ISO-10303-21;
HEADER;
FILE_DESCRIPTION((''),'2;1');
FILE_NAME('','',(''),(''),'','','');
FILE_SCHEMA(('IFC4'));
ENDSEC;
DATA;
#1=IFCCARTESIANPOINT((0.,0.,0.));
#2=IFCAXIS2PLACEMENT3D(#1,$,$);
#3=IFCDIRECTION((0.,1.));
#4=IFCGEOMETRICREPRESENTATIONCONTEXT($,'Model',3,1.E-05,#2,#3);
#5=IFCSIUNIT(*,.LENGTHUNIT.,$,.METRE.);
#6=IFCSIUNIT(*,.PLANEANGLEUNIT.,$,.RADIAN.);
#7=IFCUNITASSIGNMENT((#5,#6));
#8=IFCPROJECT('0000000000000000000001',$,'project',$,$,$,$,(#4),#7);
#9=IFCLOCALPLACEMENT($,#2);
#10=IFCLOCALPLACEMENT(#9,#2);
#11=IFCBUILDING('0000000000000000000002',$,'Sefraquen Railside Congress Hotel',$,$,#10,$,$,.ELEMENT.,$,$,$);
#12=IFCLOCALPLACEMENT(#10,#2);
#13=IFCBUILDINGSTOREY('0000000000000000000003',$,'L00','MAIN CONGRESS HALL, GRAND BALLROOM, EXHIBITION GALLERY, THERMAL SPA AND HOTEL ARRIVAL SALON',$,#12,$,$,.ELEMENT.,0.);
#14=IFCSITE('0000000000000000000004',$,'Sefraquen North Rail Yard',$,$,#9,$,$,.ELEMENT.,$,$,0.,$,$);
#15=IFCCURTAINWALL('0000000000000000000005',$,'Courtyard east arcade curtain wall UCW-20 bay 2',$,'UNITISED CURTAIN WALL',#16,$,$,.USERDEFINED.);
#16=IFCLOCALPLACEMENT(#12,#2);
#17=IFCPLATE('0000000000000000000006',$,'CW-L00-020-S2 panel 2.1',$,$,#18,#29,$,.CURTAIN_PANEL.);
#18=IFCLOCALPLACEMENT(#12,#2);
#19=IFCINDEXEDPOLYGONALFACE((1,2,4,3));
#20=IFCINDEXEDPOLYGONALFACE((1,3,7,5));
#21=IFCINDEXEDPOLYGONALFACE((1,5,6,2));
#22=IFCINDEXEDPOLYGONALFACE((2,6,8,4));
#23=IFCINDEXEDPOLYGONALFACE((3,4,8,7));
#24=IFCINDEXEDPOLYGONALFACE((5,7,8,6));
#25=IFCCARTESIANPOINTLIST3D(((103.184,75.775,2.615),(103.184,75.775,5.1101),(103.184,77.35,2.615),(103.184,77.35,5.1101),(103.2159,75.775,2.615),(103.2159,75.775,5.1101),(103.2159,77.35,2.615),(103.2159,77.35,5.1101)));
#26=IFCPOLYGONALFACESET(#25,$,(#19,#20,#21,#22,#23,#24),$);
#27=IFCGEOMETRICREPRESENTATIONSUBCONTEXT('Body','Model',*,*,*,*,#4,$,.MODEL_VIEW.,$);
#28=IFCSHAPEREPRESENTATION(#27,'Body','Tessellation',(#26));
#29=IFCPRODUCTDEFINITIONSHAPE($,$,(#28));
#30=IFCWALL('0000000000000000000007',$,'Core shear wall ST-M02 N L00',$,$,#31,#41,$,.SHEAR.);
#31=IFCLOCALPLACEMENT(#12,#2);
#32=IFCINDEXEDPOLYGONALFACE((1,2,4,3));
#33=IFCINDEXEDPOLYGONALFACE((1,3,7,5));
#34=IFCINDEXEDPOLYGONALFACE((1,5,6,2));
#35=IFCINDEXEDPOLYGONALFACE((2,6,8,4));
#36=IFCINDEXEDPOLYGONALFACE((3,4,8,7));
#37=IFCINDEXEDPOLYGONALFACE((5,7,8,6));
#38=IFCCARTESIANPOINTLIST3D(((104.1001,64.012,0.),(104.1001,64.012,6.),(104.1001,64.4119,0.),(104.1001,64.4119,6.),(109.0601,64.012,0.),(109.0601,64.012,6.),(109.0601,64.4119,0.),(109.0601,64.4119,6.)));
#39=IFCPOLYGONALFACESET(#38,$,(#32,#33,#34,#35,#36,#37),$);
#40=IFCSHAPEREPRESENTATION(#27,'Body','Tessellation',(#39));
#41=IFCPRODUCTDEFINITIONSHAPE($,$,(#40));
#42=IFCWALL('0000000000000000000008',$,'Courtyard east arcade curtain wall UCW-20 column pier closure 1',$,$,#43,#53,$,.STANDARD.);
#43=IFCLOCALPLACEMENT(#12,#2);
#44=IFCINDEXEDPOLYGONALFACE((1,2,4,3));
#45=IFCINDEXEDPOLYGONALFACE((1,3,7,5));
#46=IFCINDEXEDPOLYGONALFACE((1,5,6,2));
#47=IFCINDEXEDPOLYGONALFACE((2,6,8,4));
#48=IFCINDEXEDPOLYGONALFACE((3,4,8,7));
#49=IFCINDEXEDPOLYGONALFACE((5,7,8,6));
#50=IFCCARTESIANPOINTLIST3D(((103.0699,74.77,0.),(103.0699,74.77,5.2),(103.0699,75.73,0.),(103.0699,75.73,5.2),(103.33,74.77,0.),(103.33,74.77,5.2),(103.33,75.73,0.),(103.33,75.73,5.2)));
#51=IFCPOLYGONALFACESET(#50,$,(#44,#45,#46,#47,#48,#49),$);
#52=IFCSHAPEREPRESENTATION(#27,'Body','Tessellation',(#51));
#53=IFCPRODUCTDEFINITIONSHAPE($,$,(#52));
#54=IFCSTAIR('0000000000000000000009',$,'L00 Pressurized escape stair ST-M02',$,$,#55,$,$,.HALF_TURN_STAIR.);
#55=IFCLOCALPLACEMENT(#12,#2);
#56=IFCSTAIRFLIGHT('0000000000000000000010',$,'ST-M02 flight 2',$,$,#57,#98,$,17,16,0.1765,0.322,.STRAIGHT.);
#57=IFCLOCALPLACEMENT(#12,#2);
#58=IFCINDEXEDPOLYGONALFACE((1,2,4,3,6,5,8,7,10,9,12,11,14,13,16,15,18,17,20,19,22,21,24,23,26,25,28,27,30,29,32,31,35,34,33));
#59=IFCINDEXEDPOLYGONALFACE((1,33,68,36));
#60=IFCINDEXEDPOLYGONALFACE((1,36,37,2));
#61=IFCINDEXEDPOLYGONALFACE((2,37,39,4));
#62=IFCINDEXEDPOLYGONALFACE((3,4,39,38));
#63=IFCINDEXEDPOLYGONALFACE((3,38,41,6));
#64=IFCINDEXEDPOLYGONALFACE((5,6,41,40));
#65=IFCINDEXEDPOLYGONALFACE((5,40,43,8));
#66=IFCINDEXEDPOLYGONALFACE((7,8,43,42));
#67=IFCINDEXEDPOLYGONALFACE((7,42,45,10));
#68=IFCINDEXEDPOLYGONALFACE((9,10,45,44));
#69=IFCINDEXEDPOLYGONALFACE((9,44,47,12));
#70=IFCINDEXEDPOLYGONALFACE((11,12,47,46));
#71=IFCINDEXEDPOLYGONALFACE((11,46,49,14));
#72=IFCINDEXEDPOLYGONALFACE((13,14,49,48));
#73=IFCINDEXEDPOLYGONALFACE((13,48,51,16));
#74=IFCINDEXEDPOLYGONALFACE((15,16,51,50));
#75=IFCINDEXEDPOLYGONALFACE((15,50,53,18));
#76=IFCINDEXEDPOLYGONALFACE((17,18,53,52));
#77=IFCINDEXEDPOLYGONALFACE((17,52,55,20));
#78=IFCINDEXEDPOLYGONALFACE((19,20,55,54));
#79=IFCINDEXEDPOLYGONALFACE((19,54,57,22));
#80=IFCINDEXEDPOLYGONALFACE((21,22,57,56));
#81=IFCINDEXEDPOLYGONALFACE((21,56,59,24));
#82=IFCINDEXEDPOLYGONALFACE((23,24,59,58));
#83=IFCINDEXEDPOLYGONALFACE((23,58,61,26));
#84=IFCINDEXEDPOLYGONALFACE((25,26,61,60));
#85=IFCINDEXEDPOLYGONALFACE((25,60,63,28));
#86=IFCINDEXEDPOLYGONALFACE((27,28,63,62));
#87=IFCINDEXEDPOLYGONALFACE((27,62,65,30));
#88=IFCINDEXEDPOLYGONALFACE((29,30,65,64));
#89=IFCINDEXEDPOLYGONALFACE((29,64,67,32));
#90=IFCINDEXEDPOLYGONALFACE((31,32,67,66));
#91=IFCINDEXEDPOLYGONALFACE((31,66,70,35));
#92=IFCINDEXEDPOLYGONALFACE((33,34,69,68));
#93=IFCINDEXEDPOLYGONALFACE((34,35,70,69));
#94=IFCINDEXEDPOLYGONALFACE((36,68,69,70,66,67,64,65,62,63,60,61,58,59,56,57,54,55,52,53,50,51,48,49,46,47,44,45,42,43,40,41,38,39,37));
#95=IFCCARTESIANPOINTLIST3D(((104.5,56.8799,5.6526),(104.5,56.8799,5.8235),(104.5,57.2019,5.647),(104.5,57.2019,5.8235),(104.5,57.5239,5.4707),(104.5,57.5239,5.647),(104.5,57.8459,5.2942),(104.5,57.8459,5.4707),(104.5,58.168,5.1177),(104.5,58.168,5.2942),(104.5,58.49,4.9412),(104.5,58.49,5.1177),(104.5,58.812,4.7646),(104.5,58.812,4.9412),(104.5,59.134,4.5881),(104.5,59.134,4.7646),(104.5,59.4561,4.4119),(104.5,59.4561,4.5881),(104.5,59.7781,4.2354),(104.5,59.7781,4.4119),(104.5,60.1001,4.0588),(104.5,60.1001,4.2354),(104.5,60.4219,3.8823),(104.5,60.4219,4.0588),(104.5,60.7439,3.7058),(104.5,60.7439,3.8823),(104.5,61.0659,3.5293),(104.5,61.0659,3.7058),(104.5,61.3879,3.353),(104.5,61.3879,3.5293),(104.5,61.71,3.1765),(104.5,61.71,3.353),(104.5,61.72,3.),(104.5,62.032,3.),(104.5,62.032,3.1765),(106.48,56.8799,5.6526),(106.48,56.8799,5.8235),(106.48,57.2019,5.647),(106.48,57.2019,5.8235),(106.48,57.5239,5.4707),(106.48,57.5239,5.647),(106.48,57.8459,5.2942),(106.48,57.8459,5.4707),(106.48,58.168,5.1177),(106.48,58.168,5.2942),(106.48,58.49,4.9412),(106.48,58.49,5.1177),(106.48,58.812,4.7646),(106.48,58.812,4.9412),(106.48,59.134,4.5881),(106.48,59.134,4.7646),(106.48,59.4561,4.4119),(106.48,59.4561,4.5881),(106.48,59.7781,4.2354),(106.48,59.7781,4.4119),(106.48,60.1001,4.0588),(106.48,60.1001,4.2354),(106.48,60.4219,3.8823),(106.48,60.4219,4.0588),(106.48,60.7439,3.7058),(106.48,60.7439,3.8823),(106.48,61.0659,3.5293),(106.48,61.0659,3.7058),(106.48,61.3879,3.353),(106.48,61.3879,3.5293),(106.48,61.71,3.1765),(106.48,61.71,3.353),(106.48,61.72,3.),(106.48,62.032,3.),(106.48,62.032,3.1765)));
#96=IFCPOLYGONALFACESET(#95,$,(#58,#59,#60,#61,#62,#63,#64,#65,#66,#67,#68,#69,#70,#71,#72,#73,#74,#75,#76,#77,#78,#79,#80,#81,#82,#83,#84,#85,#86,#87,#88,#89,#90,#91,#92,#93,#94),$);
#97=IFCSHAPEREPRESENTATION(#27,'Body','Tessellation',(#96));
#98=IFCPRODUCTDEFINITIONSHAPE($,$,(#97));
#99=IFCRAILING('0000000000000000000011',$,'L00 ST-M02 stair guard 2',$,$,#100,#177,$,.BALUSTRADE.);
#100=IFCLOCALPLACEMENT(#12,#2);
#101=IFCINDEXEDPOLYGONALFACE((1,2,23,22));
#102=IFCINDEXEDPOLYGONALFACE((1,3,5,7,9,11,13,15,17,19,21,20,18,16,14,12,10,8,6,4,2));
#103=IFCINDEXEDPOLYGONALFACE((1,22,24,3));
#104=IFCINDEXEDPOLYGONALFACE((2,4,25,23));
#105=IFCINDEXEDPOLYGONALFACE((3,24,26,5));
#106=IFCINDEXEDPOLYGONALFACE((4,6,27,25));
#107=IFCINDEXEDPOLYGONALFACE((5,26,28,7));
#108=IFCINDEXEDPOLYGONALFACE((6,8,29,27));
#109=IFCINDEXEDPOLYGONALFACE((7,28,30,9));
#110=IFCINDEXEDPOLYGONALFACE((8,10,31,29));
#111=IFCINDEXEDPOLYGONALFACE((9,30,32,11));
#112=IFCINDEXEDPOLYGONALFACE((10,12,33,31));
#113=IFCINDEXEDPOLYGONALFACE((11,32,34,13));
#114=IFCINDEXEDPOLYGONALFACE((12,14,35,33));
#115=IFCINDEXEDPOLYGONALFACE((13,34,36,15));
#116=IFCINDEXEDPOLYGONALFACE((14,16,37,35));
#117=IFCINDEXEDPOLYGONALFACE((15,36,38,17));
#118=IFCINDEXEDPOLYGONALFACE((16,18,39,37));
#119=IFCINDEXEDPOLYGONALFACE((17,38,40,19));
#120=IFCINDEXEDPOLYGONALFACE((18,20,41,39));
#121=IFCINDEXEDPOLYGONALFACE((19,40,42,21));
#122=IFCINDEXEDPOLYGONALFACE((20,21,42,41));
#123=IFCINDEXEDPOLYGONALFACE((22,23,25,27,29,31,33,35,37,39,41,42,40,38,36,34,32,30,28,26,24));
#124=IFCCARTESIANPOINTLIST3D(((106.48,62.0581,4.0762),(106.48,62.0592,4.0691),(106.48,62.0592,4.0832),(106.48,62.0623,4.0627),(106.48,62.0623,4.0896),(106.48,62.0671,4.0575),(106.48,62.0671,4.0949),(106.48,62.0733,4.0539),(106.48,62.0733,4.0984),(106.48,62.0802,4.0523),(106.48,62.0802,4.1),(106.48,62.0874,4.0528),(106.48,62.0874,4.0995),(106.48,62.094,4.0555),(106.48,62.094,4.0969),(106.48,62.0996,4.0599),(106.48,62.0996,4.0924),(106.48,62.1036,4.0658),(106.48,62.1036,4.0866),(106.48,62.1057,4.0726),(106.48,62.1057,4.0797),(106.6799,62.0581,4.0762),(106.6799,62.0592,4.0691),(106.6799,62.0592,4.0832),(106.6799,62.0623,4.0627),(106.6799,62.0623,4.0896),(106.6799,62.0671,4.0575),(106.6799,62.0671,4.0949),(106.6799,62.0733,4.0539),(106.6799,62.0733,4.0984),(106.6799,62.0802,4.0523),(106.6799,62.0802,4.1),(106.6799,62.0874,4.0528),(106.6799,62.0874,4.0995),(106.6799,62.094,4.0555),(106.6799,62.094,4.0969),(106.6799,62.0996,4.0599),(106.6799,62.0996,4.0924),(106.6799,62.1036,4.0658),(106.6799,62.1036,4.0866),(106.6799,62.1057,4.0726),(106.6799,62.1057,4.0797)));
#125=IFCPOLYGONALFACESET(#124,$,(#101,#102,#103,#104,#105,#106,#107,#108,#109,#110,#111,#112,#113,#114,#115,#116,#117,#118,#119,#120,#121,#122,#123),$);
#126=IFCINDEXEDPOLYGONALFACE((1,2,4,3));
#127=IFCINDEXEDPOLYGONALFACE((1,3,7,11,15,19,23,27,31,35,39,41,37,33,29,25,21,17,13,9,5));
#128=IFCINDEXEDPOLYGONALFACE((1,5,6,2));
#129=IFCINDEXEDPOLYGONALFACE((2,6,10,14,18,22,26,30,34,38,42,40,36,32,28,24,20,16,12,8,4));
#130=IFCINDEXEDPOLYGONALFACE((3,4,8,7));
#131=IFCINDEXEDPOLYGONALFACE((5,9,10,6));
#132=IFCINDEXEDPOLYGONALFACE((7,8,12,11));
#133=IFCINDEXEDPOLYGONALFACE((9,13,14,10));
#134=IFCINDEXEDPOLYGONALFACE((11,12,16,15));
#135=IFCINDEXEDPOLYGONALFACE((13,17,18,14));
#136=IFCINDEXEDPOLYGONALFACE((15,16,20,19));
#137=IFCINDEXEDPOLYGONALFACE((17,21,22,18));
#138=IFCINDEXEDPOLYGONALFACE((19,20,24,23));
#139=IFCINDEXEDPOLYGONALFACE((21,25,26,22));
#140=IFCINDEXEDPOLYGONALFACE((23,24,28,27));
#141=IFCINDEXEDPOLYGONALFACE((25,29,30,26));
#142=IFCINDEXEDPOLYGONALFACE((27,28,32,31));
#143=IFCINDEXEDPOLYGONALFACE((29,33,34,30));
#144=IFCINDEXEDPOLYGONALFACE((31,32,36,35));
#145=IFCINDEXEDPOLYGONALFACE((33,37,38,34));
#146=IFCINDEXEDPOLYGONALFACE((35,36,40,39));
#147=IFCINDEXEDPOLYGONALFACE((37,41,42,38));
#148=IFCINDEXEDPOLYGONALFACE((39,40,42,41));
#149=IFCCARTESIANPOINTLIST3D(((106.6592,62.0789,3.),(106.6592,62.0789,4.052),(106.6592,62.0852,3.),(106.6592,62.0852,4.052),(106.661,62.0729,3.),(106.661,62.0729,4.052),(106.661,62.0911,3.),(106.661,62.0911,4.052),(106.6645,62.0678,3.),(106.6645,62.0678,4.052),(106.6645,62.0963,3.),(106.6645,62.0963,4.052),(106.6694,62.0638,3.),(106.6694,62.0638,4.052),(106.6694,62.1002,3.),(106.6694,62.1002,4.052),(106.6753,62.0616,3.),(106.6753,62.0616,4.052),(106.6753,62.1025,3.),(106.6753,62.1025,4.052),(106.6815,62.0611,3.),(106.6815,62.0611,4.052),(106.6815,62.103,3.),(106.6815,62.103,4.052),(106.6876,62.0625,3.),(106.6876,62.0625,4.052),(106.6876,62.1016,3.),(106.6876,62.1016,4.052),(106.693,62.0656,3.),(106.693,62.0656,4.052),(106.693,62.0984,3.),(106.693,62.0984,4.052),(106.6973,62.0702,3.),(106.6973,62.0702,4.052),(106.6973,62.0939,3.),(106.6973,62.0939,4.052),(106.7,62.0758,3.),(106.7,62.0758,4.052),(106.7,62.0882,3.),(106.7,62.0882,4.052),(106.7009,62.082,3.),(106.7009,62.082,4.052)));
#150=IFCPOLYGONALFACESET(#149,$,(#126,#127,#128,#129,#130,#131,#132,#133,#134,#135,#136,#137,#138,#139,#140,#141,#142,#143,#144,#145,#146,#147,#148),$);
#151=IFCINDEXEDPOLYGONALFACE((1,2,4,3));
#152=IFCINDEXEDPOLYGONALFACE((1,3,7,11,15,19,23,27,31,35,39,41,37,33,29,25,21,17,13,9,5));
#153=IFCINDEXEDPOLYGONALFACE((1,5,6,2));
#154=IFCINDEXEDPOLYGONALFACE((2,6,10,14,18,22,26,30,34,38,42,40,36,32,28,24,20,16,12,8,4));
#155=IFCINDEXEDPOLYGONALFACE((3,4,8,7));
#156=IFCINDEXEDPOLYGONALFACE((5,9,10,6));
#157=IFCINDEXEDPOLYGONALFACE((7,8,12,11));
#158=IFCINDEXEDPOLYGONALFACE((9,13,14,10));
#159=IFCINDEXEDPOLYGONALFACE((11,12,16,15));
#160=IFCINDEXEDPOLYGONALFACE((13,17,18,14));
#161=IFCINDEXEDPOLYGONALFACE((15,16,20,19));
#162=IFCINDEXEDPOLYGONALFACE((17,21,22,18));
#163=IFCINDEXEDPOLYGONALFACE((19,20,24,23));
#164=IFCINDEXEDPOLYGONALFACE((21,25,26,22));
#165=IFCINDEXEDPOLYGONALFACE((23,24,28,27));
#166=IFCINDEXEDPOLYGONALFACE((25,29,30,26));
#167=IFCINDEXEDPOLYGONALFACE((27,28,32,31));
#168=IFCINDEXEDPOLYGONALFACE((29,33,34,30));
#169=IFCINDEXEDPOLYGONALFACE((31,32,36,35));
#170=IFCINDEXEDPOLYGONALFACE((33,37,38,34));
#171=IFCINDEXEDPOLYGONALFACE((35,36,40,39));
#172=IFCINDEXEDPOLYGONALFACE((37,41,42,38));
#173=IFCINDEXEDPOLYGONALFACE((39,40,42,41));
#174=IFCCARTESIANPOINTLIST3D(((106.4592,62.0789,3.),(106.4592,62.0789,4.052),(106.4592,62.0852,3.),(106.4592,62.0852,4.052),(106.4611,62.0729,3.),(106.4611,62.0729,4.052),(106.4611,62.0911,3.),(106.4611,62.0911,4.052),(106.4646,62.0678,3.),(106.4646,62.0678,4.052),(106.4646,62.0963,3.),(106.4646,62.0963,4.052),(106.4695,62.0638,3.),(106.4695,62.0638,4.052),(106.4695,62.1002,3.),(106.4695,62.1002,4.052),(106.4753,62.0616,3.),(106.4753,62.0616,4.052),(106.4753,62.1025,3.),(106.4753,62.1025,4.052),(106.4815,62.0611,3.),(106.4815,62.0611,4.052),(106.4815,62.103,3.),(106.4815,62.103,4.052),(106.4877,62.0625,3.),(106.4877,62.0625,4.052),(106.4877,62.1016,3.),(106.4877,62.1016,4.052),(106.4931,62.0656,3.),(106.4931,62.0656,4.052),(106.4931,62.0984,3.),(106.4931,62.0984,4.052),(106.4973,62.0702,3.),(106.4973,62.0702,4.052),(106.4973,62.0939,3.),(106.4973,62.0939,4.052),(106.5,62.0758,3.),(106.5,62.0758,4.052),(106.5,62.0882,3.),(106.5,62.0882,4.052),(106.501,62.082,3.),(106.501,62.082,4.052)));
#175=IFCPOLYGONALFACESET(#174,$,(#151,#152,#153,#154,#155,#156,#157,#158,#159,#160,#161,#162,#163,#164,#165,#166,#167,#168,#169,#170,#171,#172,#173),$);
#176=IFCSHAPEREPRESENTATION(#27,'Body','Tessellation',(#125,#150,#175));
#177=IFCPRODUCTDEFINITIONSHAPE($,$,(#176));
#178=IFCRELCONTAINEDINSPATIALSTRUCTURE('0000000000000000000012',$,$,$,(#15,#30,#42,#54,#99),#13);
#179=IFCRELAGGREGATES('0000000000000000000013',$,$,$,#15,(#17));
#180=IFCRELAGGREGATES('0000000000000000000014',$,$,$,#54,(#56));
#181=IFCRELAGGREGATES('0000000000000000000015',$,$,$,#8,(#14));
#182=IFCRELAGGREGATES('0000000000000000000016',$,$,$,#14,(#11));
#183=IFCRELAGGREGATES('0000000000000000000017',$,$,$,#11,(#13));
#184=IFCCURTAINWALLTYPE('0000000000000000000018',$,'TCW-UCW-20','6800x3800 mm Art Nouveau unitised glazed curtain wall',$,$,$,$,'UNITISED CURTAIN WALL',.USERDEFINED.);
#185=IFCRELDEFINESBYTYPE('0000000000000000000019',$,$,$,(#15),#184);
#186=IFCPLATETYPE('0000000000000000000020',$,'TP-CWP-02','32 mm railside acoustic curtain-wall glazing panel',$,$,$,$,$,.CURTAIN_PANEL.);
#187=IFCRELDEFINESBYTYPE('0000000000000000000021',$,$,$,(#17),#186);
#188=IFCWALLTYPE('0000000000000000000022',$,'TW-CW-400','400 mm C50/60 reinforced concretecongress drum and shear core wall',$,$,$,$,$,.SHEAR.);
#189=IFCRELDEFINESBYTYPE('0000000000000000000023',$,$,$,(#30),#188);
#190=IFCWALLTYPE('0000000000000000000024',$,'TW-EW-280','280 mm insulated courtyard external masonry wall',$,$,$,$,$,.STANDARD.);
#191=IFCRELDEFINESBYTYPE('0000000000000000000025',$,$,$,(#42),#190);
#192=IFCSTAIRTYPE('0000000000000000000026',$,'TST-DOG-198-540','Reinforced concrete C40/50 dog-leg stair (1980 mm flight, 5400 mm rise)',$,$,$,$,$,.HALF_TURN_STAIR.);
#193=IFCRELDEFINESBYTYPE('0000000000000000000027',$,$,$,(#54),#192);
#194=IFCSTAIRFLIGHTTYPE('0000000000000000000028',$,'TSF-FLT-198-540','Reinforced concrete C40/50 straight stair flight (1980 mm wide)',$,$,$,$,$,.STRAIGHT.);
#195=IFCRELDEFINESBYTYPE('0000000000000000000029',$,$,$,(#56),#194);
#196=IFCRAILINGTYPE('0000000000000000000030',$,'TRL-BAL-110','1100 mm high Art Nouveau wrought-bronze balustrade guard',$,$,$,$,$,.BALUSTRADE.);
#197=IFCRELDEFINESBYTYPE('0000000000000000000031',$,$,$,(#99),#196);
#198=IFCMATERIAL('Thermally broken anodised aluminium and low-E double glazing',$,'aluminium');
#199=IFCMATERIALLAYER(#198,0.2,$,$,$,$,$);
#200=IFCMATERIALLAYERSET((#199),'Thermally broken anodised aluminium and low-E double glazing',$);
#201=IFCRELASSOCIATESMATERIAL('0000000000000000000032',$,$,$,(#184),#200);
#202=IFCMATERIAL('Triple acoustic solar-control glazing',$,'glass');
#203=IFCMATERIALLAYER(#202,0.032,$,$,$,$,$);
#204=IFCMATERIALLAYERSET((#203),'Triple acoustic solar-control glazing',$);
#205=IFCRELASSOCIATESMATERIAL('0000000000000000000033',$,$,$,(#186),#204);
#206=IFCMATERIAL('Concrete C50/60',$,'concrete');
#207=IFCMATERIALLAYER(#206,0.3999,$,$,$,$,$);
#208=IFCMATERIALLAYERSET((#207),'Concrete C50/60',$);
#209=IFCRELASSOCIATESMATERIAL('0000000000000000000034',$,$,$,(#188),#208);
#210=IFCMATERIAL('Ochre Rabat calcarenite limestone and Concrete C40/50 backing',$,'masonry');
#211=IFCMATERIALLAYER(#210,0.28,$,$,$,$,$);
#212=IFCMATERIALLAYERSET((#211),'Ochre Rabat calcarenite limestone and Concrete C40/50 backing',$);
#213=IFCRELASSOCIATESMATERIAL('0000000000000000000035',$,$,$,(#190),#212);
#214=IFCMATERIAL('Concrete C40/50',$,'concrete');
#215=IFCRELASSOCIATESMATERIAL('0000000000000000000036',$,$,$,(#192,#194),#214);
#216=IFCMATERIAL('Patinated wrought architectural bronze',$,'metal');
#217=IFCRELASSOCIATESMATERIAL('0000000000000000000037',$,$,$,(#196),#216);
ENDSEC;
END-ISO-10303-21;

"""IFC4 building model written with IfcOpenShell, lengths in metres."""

from ifc_helpers import new_model, si_unit, direction, frame, frame_2d, origin, origin_2d, place, context, subcontext, project, spatial, polyline, rectangle, circle, outline, extrude, material, layer, layer_set, type_object, element, aggregate, save


model = new_model("IFC4")

# Units and contexts
model_context = context("Model", 3, precision=1e-05, world=origin(), true_north=direction((0.0, 1.0)))
body_context = subcontext(model_context, "Body", "Model", "MODEL_VIEW")
ifc_project = project(units=[si_unit("LENGTHUNIT", "METRE"), si_unit("PLANEANGLEUNIT", "RADIAN")], contexts=[model_context])

# Site, building, storey
site_placement = place(None, origin())
site = spatial("IfcSite", under=ifc_project, at=site_placement, Name="Sefraquen North Rail Yard", CompositionType="ELEMENT", RefElevation=0.0)
building_placement = place(site_placement, origin())
building = spatial("IfcBuilding", under=site, at=building_placement, Name="Sefraquen Railside Congress Hotel", CompositionType="ELEMENT")
storey_placement = place(building_placement, origin())
storey = spatial("IfcBuildingStorey", under=building, at=storey_placement, Name="L00", Description="MAIN CONGRESS HALL, GRAND BALLROOM, EXHIBITION GALLERY, THERMAL SPA AND HOTEL ARRIVAL SALON", CompositionType="ELEMENT", Elevation=0.0)

# Shared definitions
ifc_material_1 = material(Name="Concrete C50/60", Category="concrete")

# Shared definitions
ifc_material_2 = material(Name="Thermally broken anodised aluminium and low-E double glazing", Category="aluminium")
ifc_layer_1 = layer(ifc_material_2, 0.2)
ifc_layer_set_1 = layer_set([ifc_layer_1], Name="Thermally broken anodised aluminium and low-E double glazing")
curtain_wall_type = type_object("IfcCurtainWallType", Name="TCW-UCW-20", Description="6800x3800 mm Art Nouveau unitised glazed curtain wall", ElementType="UNITISED CURTAIN WALL", PredefinedType="USERDEFINED", material=ifc_layer_set_1)

# Curtain wall
curtain_wall_1_placement = place(storey_placement, origin())
curtain_wall_1 = element("IfcCurtainWall", 1, at=curtain_wall_1_placement, inside=storey, type_object=curtain_wall_type, Name="Courtyard east arcade curtain wall UCW-20 bay 2", ObjectType="UNITISED CURTAIN WALL", PredefinedType="USERDEFINED")

# Plate
ifc_material_3 = material(Name="Triple acoustic solar-control glazing", Category="glass")
ifc_layer_2 = layer(ifc_material_3, 0.032)
ifc_layer_set_2 = layer_set([ifc_layer_2], Name="Triple acoustic solar-control glazing")
plate_type_1 = type_object("IfcPlateType", Name="TP-CWP-02", Description="32 mm railside acoustic curtain-wall glazing panel", PredefinedType="CURTAIN_PANEL", material=ifc_layer_set_2)
plate_1_placement = place(storey_placement, frame((103.2, 76.5625, 2.615), z_axis=(0.0, 0.0, 1.0), x_axis=(0.0, 1.0, 0.0)))
plate_1 = element("IfcPlate", 2, at=plate_1_placement, type_object=plate_type_1, Name="CW-L00-020-S2 panel 2.1", PredefinedType="CURTAIN_PANEL", context=body_context, shape_type="SweptSolid", body=[
    extrude(rectangle(XDim=1.575, YDim=0.032, at=origin_2d()), origin(), (0.0, 0.0, 1.0), 2.4951),
])
aggregate(curtain_wall_1, [plate_1])

# Walls
ifc_layer_3 = layer(ifc_material_1, 0.3999)
ifc_layer_set_3 = layer_set([ifc_layer_3], Name="Concrete C50/60")
wall_type_1 = type_object("IfcWallType", Name="TW-CW-400", Description="400 mm C50/60 reinforced concretecongress drum and shear core wall", PredefinedType="SHEAR", material=ifc_layer_set_3)
wall_1_placement = place(storey_placement, frame((104.1001, 64.2119, 0.0), z_axis=(0.0, 0.0, 1.0), x_axis=(1.0, 0.0, 0.0)))
element("IfcWall", 3, at=wall_1_placement, inside=storey, type_object=wall_type_1, Name="Core shear wall ST-M02 N L00", PredefinedType="SHEAR", context=body_context, shape_type="SweptSolid", body=[
    extrude(rectangle(XDim=4.96, YDim=0.3999, at=frame_2d((2.48, 0.0))), origin(), (0.0, 0.0, 1.0), 6.0),
])
ifc_material_4 = material(Name="Ochre Rabat calcarenite limestone and Concrete C40/50 backing", Category="masonry")
ifc_layer_4 = layer(ifc_material_4, 0.28)
ifc_layer_set_4 = layer_set([ifc_layer_4], Name="Ochre Rabat calcarenite limestone and Concrete C40/50 backing")
wall_type_2 = type_object("IfcWallType", Name="TW-EW-280", Description="280 mm insulated courtyard external masonry wall", PredefinedType="STANDARD", material=ifc_layer_set_4)
wall_2_placement = place(storey_placement, frame((103.2, 74.77, 0.0), z_axis=(0.0, 0.0, 1.0), x_axis=(0.0, 1.0, 0.0)))
element("IfcWall", 4, at=wall_2_placement, inside=storey, type_object=wall_type_2, Name="Courtyard east arcade curtain wall UCW-20 column pier closure 1", PredefinedType="STANDARD", context=body_context, shape_type="SweptSolid", body=[
    extrude(rectangle(XDim=0.96, YDim=0.26, at=frame_2d((0.48, 0.0))), origin(), (0.0, 0.0, 1.0), 5.2),
])

# Stair, stair flight
ifc_material_5 = material(Name="Concrete C40/50", Category="concrete")
stair_type = type_object("IfcStairType", Name="TST-DOG-198-540", Description="Reinforced concrete C40/50 dog-leg stair (1980 mm flight, 5400 mm rise)", PredefinedType="HALF_TURN_STAIR", material=ifc_material_5)
stair_placement = place(storey_placement, origin())
stair = element("IfcStair", 5, at=stair_placement, inside=storey, type_object=stair_type, Name="L00 Pressurized escape stair ST-M02", PredefinedType="HALF_TURN_STAIR")
stair_flight_type = type_object("IfcStairFlightType", Name="TSF-FLT-198-540", Description="Reinforced concrete C40/50 straight stair flight (1980 mm wide)", PredefinedType="STRAIGHT", material=ifc_material_5)
stair_flight_placement = place(storey_placement, frame((105.49, 62.032, 3.0), z_axis=(0.0, 0.0, 1.0), x_axis=(0.0, -1.0, 0.0)))
stair_flight = element("IfcStairFlight", 6, at=stair_flight_placement, type_object=stair_flight_type, Name="ST-M02 flight 2", NumberOfRisers=17, NumberOfTreads=16, PredefinedType="STRAIGHT", RiserHeight=0.1765, TreadLength=0.322, context=body_context, shape_type="SweptSolid", body=[
    extrude(outline(polyline([(0.0, 0.0), (0.0, 0.1765), (0.322, 0.1765), (0.322, 0.353), (0.644, 0.353), (0.644, 0.5293), (0.9661, 0.5293), (0.9661, 0.7058), (1.2881, 0.7058), (1.2881, 0.8823), (1.6101, 0.8823), (1.6101, 1.0588), (1.9319, 1.0588), (1.9319, 1.2354), (2.2539, 1.2354), (2.2539, 1.4119), (2.5759, 1.4119), (2.5759, 1.5881), (2.8979, 1.5881), (2.8979, 1.7646), (3.22, 1.7646), (3.22, 1.9412), (3.542, 1.9412), (3.542, 2.1177), (3.864, 2.1177), (3.864, 2.2942), (4.186, 2.2942), (4.186, 2.4707), (4.5081, 2.4707), (4.5081, 2.647), (4.8301, 2.647), (4.8301, 2.8235), (5.1521, 2.8235), (5.1521, 3.0), (5.1521, 2.6526), (0.312, 0.0), (0.0, 0.0)])), frame((0.0, 0.99, 0.0), z_axis=(0.0, -1.0, 0.0), x_axis=(1.0, 0.0, 0.0)), (0.0, 0.0, 1.0), 1.98),
])
aggregate(stair, [stair_flight])

# Railing
ifc_material_6 = material(Name="Patinated wrought architectural bronze", Category="metal")
railing_type_1 = type_object("IfcRailingType", Name="TRL-BAL-110", Description="1100 mm high Art Nouveau wrought-bronze balustrade guard", PredefinedType="BALUSTRADE", material=ifc_material_6)
railing_1_placement = place(storey_placement, frame((106.6799, 62.082, 3.0)))
element("IfcRailing", 7, at=railing_1_placement, inside=storey, type_object=railing_type_1, Name="L00 ST-M02 stair guard 2", PredefinedType="BALUSTRADE", context=body_context, shape_type="SweptSolid", body=[
    extrude(circle(Radius=0.0239, at=origin_2d()), frame((0.0, 0.0, 1.0762), z_axis=(-1.0, 0.0, 0.0), x_axis=(0.0, -1.0, 0.0)), (0.0, 0.0, 1.0), 0.2),
    extrude(circle(Radius=0.021, at=origin_2d()), origin(), (0.0, 0.0, 1.0), 1.052),
    extrude(circle(Radius=0.021, at=origin_2d()), frame((-0.2, 0.0, 0.0)), (0.0, 0.0, 1.0), 1.052),
])

save(model, "model.ifc")
